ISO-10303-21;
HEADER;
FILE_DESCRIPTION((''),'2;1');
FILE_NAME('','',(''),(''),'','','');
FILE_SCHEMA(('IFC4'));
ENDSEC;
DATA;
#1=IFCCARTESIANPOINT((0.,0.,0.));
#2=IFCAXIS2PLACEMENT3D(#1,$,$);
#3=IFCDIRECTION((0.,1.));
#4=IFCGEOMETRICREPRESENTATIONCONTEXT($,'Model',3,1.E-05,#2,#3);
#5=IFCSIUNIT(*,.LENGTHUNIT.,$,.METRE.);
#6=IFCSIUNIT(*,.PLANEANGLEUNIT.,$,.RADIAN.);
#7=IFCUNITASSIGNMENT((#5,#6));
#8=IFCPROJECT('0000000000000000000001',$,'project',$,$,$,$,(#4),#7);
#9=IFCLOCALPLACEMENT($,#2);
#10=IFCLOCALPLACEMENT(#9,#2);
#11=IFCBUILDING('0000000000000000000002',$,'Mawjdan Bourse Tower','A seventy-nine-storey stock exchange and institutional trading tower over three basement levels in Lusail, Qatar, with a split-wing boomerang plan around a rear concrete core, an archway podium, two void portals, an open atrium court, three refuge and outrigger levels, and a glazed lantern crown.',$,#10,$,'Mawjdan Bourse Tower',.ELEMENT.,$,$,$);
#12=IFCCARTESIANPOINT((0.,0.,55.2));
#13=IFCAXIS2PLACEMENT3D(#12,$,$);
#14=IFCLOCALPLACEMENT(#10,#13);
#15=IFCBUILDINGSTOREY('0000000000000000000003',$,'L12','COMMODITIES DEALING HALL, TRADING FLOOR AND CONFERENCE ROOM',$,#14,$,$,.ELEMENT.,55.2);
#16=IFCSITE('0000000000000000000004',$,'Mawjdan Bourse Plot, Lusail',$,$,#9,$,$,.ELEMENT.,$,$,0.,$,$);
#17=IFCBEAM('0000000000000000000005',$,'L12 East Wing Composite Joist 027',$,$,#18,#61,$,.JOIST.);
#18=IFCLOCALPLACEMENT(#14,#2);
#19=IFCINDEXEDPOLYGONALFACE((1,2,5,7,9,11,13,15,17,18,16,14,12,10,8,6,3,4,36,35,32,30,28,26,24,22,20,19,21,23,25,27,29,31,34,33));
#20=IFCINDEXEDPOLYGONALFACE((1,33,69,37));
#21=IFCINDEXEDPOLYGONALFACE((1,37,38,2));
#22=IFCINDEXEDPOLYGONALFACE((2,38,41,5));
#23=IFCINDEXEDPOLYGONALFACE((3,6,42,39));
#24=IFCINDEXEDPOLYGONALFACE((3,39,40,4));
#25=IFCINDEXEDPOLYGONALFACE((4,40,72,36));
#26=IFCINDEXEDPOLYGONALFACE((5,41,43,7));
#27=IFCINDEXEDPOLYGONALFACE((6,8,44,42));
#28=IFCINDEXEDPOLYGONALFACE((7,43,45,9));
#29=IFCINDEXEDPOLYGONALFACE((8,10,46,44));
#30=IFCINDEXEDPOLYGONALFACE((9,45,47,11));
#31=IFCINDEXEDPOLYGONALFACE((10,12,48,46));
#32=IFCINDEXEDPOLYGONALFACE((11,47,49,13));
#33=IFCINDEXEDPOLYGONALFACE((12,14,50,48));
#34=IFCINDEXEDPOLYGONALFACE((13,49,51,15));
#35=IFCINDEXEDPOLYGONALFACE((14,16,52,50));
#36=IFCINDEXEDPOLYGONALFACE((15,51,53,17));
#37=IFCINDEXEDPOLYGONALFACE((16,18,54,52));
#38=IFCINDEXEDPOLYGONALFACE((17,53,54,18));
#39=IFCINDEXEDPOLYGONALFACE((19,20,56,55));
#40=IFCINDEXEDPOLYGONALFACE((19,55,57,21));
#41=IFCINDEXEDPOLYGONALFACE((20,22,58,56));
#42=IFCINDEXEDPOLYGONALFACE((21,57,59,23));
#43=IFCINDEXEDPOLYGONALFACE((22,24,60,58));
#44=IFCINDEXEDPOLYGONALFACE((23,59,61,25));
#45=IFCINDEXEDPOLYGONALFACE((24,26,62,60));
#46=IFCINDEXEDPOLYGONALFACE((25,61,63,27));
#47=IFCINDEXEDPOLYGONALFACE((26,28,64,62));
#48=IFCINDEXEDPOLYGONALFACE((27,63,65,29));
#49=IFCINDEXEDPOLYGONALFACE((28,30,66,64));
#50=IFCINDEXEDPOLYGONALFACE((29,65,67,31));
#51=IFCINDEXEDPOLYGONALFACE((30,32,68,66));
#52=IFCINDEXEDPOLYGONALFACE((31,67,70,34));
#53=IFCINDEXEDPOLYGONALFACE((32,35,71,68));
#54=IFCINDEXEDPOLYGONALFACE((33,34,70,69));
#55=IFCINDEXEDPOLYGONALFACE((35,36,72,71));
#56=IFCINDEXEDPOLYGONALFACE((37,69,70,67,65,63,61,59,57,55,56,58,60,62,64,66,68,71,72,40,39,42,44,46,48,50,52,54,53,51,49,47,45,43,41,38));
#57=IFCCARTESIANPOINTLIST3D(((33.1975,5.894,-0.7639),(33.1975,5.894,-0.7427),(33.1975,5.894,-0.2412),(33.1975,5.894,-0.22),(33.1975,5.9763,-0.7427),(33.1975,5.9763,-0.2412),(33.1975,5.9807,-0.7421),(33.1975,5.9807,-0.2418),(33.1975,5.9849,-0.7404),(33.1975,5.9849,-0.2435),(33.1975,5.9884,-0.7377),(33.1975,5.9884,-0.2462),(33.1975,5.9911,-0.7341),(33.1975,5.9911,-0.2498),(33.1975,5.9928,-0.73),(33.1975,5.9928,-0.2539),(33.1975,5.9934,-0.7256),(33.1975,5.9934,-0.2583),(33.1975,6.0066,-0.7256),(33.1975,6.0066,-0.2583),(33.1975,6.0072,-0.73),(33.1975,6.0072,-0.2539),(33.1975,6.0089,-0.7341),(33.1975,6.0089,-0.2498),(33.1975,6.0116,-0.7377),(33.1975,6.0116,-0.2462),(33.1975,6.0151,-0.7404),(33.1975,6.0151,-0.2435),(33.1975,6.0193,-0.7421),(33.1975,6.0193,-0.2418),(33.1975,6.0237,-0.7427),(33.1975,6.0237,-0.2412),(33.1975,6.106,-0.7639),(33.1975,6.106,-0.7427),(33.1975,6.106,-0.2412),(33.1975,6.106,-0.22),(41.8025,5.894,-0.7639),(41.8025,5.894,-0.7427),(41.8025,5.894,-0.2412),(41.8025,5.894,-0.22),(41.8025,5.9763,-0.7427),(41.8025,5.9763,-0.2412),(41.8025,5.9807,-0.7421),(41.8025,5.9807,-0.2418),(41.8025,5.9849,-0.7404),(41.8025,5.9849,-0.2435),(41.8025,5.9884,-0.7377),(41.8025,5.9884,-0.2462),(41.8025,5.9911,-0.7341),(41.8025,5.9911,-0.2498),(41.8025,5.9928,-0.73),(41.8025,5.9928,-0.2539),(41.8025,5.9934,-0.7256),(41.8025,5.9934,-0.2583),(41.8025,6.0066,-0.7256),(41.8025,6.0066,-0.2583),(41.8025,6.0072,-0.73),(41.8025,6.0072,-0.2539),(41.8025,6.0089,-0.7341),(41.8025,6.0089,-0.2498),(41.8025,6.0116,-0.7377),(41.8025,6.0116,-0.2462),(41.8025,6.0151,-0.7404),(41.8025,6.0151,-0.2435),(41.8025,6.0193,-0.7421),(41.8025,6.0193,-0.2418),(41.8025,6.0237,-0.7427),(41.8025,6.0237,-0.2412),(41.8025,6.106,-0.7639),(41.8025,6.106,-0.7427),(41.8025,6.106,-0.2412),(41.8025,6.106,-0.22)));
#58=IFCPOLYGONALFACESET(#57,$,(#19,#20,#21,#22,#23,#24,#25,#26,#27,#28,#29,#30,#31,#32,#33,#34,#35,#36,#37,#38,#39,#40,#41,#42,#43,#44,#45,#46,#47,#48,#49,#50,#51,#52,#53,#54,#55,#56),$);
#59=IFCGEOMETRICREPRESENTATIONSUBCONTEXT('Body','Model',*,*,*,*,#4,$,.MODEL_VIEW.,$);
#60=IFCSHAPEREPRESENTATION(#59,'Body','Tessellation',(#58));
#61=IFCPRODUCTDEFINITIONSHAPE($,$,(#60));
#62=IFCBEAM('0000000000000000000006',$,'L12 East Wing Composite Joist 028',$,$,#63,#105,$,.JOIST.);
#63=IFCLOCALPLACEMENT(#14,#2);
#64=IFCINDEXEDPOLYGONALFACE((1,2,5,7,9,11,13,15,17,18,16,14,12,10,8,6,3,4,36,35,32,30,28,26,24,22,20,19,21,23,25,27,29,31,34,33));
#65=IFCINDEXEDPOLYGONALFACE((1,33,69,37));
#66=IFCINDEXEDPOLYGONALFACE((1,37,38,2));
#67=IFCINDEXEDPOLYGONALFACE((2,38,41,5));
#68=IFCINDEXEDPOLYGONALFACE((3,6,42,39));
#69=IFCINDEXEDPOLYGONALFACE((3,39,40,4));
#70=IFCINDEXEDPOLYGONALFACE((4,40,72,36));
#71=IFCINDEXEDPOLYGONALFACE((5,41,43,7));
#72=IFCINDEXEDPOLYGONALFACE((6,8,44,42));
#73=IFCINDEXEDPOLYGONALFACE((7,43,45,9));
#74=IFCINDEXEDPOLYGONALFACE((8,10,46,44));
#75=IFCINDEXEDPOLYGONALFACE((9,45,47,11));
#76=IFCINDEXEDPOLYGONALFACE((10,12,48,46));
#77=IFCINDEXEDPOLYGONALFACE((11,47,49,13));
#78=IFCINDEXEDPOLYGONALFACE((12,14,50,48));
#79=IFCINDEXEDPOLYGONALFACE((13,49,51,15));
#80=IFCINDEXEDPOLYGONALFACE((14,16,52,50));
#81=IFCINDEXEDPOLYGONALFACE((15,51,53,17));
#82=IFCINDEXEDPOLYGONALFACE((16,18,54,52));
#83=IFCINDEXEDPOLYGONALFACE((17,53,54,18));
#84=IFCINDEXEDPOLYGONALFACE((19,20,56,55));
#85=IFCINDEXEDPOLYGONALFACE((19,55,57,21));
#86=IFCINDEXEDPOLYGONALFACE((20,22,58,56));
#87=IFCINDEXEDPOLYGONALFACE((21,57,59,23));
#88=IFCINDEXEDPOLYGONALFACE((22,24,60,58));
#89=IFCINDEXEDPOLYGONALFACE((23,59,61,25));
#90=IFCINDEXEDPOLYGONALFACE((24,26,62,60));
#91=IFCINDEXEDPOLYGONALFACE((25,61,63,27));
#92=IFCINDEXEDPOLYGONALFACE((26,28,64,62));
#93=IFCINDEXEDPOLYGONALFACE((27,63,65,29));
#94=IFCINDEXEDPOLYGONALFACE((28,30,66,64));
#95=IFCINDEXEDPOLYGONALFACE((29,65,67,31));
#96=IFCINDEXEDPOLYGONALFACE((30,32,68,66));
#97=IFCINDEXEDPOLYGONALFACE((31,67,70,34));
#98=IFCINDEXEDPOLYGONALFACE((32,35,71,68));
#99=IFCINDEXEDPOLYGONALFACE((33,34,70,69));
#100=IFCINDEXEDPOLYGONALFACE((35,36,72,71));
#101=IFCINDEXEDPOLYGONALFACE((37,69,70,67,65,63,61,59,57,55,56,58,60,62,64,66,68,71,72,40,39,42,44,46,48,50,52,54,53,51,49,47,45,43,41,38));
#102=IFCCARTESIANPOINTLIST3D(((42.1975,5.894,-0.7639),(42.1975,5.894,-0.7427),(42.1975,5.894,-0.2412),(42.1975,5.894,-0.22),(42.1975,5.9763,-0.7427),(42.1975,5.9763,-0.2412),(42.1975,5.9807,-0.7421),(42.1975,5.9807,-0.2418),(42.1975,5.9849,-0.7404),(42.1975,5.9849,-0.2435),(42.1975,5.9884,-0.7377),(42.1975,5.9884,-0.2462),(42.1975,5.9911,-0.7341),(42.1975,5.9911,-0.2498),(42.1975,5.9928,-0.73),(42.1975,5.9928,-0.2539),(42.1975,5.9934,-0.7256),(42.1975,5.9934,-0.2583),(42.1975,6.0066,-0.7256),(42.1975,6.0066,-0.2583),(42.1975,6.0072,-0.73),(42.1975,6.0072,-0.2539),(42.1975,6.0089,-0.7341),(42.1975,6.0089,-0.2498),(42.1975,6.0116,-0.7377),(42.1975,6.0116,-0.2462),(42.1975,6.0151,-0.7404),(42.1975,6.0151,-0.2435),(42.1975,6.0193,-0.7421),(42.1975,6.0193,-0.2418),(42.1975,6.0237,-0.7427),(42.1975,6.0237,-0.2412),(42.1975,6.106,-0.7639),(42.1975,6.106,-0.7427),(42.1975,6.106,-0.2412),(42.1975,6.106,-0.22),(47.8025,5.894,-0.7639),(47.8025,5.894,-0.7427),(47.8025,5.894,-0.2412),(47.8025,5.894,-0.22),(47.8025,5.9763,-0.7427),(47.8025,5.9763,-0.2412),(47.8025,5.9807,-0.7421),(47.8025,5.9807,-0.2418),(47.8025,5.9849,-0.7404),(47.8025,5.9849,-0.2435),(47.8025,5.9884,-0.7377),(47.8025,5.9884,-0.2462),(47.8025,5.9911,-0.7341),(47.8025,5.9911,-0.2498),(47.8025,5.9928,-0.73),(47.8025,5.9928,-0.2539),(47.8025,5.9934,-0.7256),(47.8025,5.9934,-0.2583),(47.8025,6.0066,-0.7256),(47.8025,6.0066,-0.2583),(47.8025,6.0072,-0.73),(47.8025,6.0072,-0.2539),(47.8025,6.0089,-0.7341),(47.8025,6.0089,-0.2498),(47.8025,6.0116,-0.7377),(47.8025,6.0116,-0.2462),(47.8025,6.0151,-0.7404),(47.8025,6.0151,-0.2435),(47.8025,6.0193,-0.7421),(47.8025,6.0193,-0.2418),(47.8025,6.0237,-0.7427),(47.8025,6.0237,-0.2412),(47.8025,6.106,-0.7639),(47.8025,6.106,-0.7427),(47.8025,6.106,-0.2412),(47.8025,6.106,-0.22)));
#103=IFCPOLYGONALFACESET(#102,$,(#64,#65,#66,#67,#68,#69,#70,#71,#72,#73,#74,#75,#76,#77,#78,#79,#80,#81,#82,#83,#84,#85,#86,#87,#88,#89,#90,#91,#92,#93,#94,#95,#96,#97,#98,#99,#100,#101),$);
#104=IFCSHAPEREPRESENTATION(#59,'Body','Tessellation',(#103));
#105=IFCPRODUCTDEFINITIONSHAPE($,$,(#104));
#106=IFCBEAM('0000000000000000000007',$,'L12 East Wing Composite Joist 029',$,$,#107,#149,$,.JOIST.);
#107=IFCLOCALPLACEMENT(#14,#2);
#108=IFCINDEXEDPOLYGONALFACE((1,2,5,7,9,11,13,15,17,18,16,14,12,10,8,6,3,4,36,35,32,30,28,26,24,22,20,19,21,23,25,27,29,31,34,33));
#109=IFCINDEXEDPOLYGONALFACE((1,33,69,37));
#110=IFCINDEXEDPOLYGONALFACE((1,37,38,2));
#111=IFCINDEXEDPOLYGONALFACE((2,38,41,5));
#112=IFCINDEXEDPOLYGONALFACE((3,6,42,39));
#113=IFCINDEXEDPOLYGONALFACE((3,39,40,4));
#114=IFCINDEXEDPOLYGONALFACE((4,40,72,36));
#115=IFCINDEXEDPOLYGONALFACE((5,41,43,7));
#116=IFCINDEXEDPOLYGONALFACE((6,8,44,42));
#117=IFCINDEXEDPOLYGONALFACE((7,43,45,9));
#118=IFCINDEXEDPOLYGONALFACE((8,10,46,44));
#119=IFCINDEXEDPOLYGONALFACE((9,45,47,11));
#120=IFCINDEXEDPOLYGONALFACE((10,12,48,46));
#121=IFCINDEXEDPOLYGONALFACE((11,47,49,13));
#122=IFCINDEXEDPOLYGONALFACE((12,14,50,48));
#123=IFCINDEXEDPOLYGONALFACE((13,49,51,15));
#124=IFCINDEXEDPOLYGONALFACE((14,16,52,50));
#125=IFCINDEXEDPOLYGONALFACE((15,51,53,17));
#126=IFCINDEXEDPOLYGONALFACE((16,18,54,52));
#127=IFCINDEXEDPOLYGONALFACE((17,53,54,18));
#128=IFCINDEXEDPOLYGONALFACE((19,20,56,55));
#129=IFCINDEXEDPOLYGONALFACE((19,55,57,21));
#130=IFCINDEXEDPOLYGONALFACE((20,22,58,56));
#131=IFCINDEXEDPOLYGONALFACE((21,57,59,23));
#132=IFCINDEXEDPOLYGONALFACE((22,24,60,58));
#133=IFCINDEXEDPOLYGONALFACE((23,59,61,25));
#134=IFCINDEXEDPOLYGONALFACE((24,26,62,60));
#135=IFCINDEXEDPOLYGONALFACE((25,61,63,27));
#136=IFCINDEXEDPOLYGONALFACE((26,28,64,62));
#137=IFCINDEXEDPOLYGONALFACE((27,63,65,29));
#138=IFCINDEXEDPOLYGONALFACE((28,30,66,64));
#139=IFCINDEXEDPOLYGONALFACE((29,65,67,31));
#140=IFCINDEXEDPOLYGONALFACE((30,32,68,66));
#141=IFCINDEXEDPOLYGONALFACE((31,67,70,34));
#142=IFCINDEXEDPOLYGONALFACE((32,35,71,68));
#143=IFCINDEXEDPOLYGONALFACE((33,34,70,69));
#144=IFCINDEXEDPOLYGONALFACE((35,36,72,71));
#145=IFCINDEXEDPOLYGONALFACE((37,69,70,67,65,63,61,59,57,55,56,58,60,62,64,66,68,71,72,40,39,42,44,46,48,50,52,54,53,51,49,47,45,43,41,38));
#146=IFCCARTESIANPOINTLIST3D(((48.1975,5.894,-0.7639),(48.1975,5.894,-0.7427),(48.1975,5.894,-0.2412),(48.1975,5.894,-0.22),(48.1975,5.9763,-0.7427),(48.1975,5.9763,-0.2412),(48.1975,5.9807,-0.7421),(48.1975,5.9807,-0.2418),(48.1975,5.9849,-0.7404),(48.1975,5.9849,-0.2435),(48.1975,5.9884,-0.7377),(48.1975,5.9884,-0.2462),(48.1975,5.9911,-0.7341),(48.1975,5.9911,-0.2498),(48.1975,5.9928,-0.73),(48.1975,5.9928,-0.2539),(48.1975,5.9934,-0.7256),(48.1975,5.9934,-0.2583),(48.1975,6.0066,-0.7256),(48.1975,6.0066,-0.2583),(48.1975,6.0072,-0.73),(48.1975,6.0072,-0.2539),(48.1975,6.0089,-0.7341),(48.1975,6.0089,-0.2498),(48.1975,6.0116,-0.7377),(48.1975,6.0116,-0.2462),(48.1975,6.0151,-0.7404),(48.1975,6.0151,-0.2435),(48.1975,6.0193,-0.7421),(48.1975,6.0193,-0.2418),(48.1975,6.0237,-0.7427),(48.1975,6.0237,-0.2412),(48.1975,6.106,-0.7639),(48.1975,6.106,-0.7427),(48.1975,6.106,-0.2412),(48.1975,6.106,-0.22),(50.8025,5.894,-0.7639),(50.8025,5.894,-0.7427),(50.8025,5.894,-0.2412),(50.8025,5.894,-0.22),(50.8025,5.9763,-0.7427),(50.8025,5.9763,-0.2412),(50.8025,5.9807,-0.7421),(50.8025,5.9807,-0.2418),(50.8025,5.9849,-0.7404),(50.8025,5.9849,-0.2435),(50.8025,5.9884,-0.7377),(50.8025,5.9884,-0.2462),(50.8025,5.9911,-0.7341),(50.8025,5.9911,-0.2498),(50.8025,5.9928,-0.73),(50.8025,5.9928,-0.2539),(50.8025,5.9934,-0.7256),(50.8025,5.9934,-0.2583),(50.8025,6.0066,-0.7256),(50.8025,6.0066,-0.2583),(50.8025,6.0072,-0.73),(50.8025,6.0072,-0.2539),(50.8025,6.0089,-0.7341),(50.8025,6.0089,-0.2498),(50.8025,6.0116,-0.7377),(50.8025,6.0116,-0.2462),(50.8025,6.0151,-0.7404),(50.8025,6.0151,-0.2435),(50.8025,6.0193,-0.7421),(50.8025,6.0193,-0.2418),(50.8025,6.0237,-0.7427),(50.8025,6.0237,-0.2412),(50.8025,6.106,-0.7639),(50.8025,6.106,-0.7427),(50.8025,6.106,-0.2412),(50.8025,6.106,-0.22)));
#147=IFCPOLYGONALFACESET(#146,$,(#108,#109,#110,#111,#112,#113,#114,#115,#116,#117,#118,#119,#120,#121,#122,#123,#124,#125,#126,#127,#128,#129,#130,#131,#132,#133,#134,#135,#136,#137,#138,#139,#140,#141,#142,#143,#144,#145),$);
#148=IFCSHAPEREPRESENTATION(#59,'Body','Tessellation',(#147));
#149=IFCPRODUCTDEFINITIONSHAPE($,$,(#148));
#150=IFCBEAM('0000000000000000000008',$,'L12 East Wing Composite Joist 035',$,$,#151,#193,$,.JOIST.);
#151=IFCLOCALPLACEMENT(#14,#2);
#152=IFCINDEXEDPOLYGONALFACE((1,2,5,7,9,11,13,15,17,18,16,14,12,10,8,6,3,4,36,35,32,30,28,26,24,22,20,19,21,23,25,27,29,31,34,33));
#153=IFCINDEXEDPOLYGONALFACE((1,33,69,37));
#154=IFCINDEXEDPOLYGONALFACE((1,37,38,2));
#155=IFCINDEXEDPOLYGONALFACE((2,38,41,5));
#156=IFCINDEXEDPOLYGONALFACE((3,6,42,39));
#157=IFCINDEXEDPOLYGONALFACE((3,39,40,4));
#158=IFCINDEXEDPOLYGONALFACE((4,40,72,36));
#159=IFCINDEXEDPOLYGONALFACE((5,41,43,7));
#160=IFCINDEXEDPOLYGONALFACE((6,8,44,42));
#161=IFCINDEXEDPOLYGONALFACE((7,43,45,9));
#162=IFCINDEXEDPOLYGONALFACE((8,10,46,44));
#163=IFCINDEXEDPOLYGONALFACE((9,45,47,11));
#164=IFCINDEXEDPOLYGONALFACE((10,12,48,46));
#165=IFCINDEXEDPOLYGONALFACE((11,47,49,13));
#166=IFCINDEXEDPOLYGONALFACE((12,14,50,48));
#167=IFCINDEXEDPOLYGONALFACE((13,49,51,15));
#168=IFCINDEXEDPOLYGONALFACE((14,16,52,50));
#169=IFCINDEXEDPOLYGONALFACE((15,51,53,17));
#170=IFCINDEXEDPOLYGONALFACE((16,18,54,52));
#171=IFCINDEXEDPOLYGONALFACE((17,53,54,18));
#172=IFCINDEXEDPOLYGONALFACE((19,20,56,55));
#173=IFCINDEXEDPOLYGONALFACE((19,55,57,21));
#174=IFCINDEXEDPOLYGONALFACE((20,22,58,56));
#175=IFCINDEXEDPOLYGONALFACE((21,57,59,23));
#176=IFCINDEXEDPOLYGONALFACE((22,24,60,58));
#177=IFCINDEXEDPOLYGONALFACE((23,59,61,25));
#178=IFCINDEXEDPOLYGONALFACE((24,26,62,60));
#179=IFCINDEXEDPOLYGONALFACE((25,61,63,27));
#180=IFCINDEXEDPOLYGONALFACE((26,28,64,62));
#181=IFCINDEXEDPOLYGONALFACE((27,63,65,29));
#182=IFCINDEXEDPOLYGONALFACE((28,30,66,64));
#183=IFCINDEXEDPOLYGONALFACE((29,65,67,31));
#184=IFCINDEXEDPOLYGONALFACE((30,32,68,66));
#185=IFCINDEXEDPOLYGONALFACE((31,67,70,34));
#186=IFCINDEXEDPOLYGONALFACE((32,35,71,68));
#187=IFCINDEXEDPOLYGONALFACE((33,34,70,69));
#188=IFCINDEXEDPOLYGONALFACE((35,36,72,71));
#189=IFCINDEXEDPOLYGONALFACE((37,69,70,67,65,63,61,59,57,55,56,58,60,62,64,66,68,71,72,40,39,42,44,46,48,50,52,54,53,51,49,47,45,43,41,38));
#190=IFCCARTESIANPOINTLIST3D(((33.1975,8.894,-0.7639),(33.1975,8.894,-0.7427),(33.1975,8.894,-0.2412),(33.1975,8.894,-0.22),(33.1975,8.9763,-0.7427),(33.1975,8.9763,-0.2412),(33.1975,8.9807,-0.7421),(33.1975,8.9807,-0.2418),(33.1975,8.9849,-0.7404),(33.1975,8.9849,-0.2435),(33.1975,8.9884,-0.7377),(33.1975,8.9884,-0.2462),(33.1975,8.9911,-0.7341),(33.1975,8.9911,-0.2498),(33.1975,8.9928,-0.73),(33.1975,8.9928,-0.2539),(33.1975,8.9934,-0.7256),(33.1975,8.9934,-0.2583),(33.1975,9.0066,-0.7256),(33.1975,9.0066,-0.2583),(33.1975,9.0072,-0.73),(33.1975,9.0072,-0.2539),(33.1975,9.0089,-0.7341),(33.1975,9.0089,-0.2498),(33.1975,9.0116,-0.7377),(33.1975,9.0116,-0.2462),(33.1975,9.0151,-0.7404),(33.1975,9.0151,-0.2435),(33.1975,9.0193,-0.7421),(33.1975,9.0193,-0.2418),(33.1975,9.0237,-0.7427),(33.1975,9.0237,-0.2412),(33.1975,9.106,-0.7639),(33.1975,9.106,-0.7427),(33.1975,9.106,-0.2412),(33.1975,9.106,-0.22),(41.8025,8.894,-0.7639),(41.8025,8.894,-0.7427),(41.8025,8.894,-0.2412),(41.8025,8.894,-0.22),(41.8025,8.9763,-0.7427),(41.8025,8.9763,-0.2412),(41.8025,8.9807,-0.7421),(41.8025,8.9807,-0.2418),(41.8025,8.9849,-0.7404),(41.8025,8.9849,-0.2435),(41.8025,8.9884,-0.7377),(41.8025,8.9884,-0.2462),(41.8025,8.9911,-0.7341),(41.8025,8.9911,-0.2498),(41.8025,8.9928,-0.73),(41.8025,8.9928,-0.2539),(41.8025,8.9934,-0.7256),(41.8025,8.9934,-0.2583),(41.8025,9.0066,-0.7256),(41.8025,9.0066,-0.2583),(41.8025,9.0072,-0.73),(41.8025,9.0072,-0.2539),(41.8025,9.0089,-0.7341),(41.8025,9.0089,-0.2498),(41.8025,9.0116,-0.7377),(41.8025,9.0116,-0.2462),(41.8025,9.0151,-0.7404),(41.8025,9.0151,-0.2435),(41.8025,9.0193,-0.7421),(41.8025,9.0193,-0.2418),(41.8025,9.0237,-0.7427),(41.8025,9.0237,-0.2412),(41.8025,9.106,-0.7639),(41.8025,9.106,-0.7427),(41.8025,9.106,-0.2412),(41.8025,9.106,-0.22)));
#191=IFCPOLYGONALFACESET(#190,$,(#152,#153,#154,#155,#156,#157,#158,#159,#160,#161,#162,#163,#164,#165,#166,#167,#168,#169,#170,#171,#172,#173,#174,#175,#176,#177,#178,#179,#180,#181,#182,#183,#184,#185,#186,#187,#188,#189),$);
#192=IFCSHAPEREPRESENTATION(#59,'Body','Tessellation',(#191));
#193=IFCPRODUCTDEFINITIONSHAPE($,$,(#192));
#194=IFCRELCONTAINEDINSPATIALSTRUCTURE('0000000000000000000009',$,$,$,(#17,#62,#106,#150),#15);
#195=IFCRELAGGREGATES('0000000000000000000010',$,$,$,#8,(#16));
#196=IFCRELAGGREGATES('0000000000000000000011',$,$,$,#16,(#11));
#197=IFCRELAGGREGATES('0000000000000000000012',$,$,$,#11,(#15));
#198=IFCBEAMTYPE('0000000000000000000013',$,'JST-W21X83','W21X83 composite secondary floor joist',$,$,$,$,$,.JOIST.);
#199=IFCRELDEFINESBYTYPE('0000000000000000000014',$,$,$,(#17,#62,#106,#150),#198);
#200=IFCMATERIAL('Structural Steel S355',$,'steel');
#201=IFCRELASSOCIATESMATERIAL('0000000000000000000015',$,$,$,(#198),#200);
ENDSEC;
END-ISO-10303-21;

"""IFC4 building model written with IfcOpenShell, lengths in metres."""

from ifc_helpers import new_model, si_unit, direction, frame, origin, origin_2d, place, context, subcontext, project, spatial, i_section, extrude, material, material_profile, profile_set, type_object, element, save


model = new_model("IFC4")

# Units and contexts
model_context = context("Model", 3, precision=1e-05, world=origin(), true_north=direction((0.0, 1.0)))
body_context = subcontext(model_context, "Body", "Model", "MODEL_VIEW")
ifc_project = project(units=[si_unit("LENGTHUNIT", "METRE"), si_unit("PLANEANGLEUNIT", "RADIAN")], contexts=[model_context])

# Site, building, storey
site_placement = place(None, origin())
site = spatial("IfcSite", under=ifc_project, at=site_placement, Name="Mawjdan Bourse Plot, Lusail", CompositionType="ELEMENT", RefElevation=0.0)
building_placement = place(site_placement, origin())
building = spatial("IfcBuilding", under=site, at=building_placement, Name="Mawjdan Bourse Tower", Description="A seventy-nine-storey stock exchange and institutional trading tower over three basement levels in Lusail, Qatar, with a split-wing boomerang plan around a rear concrete core, an archway podium, two void portals, an open atrium court, three refuge and outrigger levels, and a glazed lantern crown.", LongName="Mawjdan Bourse Tower", CompositionType="ELEMENT")
storey_placement = place(building_placement, frame((0.0, 0.0, 55.2)))
storey = spatial("IfcBuildingStorey", under=building, at=storey_placement, Name="L12", Description="COMMODITIES DEALING HALL, TRADING FLOOR AND CONFERENCE ROOM", CompositionType="ELEMENT", Elevation=55.2)

# Beams
ifc_material_1 = material(Name="Structural Steel S355", Category="steel")
ifc_material_profile_1 = material_profile(ifc_material_1, i_section(OverallWidth=0.2119, OverallDepth=0.5439, WebThickness=0.0132, FlangeThickness=0.0212, FilletRadius=0.0171, at=origin_2d()), Name="W21X83")
ifc_profile_set_1 = profile_set([ifc_material_profile_1], Name="Structural Steel S355")
beam_type_1 = type_object("IfcBeamType", Name="JST-W21X83", Description="W21X83 composite secondary floor joist", PredefinedType="JOIST", material=ifc_profile_set_1)
beam_1_placement = place(storey_placement, frame((33.1975, 6.0, -0.4919), z_axis=(1.0, 0.0, 0.0), x_axis=(0.0, 1.0, 0.0)))
element("IfcBeam", 1, at=beam_1_placement, inside=storey, type_object=beam_type_1, Name="L12 East Wing Composite Joist 027", PredefinedType="JOIST", context=body_context, shape_type="SweptSolid", body=[
    extrude(i_section(OverallWidth=0.2119, OverallDepth=0.5439, WebThickness=0.0132, FlangeThickness=0.0212, FilletRadius=0.0171, at=origin_2d()), origin(), (0.0, 0.0, 1.0), 8.605),
])
beam_2_placement = place(storey_placement, frame((42.1975, 6.0, -0.4919), z_axis=(1.0, 0.0, 0.0), x_axis=(0.0, 1.0, 0.0)))
element("IfcBeam", 2, at=beam_2_placement, inside=storey, type_object=beam_type_1, Name="L12 East Wing Composite Joist 028", PredefinedType="JOIST", context=body_context, shape_type="SweptSolid", body=[
    extrude(i_section(OverallWidth=0.2119, OverallDepth=0.5439, WebThickness=0.0132, FlangeThickness=0.0212, FilletRadius=0.0171, at=origin_2d()), origin(), (0.0, 0.0, 1.0), 5.605),
])
beam_3_placement = place(storey_placement, frame((48.1975, 6.0, -0.4919), z_axis=(1.0, 0.0, 0.0), x_axis=(0.0, 1.0, 0.0)))
element("IfcBeam", 3, at=beam_3_placement, inside=storey, type_object=beam_type_1, Name="L12 East Wing Composite Joist 029", PredefinedType="JOIST", context=body_context, shape_type="SweptSolid", body=[
    extrude(i_section(OverallWidth=0.2119, OverallDepth=0.5439, WebThickness=0.0132, FlangeThickness=0.0212, FilletRadius=0.0171, at=origin_2d()), origin(), (0.0, 0.0, 1.0), 2.605),
])
beam_4_placement = place(storey_placement, frame((33.1975, 9.0, -0.4919), z_axis=(1.0, 0.0, 0.0), x_axis=(0.0, 1.0, 0.0)))
element("IfcBeam", 4, at=beam_4_placement, inside=storey, type_object=beam_type_1, Name="L12 East Wing Composite Joist 035", PredefinedType="JOIST", context=body_context, shape_type="SweptSolid", body=[
    extrude(i_section(OverallWidth=0.2119, OverallDepth=0.5439, WebThickness=0.0132, FlangeThickness=0.0212, FilletRadius=0.0171, at=origin_2d()), origin(), (0.0, 0.0, 1.0), 8.605),
])

save(model, "model.ifc")
